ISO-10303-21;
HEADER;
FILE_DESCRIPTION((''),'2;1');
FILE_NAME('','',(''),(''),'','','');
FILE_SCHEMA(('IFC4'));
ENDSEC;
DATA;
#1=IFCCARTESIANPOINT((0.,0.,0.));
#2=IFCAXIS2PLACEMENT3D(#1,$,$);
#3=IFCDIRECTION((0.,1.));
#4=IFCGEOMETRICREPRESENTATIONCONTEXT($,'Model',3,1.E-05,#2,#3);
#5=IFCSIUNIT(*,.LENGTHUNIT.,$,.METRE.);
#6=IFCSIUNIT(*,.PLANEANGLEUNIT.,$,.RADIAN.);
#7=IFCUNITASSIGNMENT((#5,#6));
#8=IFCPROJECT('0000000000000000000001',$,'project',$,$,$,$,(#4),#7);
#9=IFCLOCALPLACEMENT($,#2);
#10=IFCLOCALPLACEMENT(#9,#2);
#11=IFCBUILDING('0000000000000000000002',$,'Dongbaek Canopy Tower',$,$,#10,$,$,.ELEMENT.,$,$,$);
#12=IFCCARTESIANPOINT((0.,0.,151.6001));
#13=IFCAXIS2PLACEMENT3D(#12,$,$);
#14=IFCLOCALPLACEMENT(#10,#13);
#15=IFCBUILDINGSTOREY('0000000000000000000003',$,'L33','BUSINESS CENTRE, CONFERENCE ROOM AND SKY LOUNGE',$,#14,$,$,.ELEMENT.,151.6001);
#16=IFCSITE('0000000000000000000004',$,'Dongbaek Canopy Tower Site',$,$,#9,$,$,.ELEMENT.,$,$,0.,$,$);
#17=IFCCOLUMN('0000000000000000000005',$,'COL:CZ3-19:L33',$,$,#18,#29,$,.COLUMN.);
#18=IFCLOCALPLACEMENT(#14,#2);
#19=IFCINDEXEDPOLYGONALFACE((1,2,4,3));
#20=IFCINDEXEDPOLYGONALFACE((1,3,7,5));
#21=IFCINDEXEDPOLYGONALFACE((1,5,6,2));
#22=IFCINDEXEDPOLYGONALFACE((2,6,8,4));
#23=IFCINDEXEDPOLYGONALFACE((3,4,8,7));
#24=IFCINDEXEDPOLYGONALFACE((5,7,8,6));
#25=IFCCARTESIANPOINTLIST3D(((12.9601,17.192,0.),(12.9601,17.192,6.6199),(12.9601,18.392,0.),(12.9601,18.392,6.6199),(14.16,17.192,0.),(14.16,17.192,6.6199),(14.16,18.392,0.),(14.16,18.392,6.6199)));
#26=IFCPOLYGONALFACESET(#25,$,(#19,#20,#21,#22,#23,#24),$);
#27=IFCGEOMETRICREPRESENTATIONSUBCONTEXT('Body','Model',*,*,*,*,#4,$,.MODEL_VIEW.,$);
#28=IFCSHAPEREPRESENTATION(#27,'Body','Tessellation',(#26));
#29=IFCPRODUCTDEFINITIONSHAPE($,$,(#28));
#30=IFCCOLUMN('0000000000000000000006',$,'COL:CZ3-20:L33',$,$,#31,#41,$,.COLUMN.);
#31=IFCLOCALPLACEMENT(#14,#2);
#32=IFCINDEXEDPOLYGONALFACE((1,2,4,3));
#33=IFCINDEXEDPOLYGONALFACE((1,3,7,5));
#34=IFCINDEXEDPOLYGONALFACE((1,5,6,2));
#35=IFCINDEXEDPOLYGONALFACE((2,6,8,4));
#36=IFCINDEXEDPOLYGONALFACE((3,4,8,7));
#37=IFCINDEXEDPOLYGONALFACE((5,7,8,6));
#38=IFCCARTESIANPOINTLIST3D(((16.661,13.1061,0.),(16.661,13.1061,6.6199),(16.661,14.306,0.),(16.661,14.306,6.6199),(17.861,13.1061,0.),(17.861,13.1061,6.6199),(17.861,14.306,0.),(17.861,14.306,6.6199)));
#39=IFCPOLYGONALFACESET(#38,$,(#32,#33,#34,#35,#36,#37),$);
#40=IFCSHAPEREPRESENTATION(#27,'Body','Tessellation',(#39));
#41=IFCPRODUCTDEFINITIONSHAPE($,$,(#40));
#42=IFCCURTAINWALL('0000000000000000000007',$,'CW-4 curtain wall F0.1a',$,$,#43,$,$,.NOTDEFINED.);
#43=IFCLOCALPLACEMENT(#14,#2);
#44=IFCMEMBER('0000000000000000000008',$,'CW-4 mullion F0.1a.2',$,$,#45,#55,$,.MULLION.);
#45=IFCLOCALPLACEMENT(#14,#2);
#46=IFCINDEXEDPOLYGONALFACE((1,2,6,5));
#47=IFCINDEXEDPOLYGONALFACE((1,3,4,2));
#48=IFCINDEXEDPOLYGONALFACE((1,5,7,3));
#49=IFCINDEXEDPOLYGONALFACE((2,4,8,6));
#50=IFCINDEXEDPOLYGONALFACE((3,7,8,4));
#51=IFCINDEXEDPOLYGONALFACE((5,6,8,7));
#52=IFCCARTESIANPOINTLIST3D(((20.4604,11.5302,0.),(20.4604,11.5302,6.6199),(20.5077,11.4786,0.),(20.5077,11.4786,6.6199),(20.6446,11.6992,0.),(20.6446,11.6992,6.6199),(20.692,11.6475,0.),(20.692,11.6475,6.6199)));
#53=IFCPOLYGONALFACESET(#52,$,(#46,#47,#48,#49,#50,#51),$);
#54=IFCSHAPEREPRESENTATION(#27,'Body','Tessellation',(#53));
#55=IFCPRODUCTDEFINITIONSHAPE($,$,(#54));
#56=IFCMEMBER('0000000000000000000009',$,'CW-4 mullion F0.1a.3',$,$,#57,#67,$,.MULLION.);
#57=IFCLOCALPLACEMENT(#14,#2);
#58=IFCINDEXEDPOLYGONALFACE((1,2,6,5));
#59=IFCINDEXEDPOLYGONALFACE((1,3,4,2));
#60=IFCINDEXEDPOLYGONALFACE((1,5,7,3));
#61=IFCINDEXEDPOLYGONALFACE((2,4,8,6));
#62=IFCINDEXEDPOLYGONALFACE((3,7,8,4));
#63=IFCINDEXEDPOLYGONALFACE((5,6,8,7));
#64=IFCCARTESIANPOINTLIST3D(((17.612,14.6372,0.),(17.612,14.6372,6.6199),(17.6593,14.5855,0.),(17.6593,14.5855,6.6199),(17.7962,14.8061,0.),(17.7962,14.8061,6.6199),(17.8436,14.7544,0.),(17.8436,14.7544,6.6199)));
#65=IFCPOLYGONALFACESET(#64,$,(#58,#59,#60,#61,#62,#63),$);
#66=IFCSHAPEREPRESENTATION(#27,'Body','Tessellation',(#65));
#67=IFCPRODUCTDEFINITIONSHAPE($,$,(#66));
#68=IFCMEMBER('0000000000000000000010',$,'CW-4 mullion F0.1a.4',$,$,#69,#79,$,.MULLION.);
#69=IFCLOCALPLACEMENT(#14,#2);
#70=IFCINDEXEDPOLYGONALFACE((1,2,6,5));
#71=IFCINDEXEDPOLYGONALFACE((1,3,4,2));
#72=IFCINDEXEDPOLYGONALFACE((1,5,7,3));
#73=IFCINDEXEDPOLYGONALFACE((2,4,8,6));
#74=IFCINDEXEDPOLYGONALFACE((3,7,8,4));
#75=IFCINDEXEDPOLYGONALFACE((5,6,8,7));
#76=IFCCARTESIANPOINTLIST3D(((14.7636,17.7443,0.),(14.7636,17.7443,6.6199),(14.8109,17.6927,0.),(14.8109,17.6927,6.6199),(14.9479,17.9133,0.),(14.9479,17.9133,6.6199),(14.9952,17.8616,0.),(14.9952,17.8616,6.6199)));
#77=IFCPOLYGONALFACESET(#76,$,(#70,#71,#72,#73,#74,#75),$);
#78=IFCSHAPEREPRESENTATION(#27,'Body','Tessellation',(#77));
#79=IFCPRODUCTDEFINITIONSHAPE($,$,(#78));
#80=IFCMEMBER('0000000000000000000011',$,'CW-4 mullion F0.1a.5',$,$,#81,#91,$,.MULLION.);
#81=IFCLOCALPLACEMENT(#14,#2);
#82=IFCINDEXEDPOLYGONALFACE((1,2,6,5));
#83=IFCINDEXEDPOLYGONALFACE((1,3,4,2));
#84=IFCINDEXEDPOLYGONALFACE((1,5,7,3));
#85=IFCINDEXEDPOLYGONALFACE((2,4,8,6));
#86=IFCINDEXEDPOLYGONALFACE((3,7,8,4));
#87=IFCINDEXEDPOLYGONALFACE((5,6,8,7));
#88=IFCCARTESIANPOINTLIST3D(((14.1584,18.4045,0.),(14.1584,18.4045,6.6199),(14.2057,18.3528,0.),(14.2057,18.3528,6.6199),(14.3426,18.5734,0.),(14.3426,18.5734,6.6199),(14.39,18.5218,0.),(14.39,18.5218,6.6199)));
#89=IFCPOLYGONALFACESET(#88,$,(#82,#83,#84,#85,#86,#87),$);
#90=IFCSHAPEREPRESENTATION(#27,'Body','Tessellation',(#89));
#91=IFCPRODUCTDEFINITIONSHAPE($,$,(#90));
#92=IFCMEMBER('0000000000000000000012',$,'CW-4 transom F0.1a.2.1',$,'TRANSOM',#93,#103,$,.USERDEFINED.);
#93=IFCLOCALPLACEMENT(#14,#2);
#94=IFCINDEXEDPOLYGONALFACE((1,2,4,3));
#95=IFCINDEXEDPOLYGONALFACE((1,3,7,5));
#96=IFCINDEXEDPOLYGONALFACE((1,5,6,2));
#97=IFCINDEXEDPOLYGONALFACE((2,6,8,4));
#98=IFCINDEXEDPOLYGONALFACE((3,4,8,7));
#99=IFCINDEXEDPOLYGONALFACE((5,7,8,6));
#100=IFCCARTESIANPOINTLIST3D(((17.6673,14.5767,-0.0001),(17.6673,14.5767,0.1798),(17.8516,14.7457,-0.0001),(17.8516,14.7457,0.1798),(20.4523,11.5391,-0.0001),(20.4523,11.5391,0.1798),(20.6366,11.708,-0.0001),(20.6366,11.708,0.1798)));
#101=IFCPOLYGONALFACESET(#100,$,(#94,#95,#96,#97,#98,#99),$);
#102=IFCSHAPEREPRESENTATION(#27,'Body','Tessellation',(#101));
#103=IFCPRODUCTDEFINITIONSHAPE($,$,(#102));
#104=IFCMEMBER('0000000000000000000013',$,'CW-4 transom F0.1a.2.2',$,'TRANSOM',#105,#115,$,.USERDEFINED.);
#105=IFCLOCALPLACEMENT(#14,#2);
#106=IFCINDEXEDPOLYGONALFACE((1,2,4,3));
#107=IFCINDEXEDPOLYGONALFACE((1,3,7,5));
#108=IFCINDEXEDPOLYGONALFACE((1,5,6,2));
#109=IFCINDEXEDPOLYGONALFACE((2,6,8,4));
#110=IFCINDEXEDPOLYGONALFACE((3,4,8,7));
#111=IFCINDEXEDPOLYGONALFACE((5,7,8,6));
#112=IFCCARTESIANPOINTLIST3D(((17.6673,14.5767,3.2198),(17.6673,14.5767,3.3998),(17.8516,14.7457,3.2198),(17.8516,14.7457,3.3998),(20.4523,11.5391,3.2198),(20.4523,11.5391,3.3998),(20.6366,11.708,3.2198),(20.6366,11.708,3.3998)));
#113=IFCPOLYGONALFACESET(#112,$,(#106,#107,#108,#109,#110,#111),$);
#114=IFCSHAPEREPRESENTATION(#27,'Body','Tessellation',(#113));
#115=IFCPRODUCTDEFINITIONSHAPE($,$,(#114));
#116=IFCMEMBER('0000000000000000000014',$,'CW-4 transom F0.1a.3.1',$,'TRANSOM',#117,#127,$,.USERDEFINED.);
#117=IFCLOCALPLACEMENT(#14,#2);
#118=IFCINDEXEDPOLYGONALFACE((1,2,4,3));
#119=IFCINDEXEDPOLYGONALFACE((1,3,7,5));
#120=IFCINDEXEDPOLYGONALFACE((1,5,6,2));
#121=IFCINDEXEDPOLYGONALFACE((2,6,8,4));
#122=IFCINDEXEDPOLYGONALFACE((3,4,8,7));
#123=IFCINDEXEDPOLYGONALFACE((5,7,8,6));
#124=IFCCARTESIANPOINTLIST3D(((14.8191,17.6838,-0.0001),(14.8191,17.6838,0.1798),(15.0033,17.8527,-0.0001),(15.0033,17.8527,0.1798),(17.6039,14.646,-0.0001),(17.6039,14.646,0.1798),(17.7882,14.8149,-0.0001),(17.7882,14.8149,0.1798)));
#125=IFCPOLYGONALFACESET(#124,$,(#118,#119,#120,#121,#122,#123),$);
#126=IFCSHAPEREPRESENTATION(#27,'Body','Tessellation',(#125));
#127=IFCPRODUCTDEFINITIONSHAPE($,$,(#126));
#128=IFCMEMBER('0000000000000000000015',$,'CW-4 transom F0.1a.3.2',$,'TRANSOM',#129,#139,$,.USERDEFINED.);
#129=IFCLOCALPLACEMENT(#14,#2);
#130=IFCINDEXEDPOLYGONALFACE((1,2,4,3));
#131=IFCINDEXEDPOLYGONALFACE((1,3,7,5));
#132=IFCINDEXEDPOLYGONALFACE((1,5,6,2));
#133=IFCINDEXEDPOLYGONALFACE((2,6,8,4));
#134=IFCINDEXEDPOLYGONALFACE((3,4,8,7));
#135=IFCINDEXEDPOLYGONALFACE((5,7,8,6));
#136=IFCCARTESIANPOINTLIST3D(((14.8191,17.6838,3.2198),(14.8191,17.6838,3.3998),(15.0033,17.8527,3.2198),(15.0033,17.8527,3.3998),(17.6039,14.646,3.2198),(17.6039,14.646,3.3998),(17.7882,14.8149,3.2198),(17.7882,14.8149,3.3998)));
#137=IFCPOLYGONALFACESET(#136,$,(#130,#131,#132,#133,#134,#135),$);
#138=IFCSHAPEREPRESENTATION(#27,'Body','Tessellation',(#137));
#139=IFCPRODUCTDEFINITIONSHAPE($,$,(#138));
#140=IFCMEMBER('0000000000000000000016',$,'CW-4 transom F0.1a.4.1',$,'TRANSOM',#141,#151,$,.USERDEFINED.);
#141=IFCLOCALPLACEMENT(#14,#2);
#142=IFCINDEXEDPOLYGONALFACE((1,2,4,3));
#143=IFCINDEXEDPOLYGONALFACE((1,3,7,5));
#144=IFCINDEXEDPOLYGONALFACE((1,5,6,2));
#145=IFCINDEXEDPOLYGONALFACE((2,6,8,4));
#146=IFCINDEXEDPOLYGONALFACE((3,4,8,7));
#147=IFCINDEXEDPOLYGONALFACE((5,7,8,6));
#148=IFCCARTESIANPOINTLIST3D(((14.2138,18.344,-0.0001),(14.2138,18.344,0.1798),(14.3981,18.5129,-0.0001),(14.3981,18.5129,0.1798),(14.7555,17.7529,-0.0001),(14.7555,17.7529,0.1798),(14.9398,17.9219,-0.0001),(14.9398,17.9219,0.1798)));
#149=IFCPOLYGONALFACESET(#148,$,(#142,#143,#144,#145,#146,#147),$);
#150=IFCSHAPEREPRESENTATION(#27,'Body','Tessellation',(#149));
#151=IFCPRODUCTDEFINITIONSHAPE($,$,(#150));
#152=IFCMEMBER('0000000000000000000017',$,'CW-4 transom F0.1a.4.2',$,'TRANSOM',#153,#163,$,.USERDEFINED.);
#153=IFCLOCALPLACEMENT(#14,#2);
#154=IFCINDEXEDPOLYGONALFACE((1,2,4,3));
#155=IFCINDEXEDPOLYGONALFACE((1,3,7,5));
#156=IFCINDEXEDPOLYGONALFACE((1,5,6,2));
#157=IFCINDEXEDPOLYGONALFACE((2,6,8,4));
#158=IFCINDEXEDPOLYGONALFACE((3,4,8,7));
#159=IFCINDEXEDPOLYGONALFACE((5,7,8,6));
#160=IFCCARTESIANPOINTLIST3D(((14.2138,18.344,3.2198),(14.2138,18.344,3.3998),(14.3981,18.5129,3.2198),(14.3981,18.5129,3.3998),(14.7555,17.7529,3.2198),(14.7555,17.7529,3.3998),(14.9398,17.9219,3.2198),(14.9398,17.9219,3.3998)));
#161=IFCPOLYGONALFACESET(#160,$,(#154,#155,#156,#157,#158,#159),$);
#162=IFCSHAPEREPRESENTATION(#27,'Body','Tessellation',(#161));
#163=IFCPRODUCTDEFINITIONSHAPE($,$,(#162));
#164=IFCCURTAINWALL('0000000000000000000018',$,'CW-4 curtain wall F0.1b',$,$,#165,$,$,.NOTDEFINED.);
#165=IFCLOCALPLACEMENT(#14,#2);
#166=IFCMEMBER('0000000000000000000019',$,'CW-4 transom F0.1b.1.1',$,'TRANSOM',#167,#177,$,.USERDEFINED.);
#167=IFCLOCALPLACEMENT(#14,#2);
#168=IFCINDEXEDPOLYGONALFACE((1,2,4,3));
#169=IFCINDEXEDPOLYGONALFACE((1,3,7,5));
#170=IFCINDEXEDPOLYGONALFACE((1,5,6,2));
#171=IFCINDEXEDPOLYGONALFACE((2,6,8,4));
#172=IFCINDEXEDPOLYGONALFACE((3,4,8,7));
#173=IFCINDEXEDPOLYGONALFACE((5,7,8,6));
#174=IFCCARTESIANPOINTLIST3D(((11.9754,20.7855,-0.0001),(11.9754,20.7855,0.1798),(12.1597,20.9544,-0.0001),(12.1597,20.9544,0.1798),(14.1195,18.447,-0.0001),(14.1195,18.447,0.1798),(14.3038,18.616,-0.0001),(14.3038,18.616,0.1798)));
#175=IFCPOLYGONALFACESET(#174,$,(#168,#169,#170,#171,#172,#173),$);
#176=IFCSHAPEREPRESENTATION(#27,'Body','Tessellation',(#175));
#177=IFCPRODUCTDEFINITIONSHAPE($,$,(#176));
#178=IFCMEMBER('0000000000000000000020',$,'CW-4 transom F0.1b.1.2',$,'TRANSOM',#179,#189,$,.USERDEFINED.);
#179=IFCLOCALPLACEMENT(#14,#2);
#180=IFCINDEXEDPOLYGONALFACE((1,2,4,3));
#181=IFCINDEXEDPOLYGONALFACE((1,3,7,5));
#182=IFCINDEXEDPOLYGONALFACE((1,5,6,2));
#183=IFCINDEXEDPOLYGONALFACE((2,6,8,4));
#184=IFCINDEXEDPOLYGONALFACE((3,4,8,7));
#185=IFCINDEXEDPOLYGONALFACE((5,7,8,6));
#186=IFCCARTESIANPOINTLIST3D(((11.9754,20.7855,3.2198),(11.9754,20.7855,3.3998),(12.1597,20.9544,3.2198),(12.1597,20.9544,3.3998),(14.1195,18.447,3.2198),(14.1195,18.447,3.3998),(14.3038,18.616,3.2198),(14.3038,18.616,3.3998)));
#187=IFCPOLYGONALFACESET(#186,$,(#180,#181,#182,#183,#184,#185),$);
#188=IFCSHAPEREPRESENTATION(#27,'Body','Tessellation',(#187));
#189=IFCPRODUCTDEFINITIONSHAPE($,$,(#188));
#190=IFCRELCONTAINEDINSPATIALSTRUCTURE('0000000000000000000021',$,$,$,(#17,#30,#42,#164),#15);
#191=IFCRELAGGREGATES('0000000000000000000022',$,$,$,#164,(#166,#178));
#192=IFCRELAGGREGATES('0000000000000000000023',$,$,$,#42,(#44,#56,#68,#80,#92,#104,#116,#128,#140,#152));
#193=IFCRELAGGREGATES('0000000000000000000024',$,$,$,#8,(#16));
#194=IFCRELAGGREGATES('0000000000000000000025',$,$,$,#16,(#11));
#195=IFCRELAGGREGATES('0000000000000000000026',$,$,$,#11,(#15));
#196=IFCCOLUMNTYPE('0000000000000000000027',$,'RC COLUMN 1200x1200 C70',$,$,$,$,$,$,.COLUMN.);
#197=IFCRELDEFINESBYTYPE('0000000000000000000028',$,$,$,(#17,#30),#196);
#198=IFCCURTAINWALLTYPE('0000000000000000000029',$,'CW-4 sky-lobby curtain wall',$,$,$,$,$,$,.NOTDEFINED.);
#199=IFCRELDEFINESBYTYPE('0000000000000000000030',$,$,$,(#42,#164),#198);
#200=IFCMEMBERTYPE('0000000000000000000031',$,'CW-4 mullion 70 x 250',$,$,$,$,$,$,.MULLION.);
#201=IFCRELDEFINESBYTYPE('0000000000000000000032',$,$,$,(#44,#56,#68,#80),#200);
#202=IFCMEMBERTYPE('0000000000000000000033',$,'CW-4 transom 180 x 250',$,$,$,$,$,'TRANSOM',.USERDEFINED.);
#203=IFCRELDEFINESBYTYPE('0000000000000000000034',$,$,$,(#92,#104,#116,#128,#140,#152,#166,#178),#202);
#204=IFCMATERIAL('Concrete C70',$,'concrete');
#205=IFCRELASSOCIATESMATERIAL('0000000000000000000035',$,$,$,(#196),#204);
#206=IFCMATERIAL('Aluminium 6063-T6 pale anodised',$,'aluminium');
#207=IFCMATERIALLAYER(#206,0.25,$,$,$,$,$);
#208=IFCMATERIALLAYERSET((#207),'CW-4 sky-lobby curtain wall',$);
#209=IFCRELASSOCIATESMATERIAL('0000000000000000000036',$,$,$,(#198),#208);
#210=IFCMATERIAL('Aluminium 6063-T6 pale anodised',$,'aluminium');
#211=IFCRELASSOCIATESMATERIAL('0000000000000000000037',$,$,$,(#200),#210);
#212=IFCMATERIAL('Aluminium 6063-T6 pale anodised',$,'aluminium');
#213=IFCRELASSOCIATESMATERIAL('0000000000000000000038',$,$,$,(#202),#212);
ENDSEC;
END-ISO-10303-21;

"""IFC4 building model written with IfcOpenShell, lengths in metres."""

from ifc_helpers import new_model, si_unit, direction, frame, origin, origin_2d, place, context, subcontext, project, spatial, rectangle, extrude, material, layer, layer_set, material_profile, profile_set, type_object, element, aggregate, save


model = new_model("IFC4")

# Units and contexts
model_context = context("Model", 3, precision=1e-05, world=origin(), true_north=direction((0.0, 1.0)))
body_context = subcontext(model_context, "Body", "Model", "MODEL_VIEW")
ifc_project = project(units=[si_unit("LENGTHUNIT", "METRE"), si_unit("PLANEANGLEUNIT", "RADIAN")], contexts=[model_context])

# Site, building, storey
site_placement = place(None, origin())
site = spatial("IfcSite", under=ifc_project, at=site_placement, Name="Dongbaek Canopy Tower Site", CompositionType="ELEMENT", RefElevation=0.0)
building_placement = place(site_placement, origin())
building = spatial("IfcBuilding", under=site, at=building_placement, Name="Dongbaek Canopy Tower", CompositionType="ELEMENT")
storey_placement = place(building_placement, frame((0.0, 0.0, 151.6001)))
storey = spatial("IfcBuildingStorey", under=building, at=storey_placement, Name="L33", Description="BUSINESS CENTRE, CONFERENCE ROOM AND SKY LOUNGE", CompositionType="ELEMENT", Elevation=151.6001)

# Columns
ifc_material_1 = material(Name="Concrete C70", Category="concrete")
ifc_material_profile_1 = material_profile(ifc_material_1, rectangle(XDim=1.2, YDim=1.2, at=origin_2d()), Name="RC COLUMN 1200x1200 C70")
ifc_profile_set_1 = profile_set([ifc_material_profile_1], Name="Concrete C70")
column_type = type_object("IfcColumnType", Name="RC COLUMN 1200x1200 C70", PredefinedType="COLUMN", material=ifc_profile_set_1)
for number, where, z_axis, x_axis, name in (
    (1, (13.5601, 17.792, 0.0), (0.0, 0.0, 1.0), (1.0, 0.0, 0.0), "COL:CZ3-19:L33"),
    (2, (17.261, 13.7061, 0.0), (0.0, 0.0, 1.0), (1.0, 0.0, 0.0), "COL:CZ3-20:L33"),
):
    element("IfcColumn", number, at=place(storey_placement, frame(where, z_axis=z_axis, x_axis=x_axis)), inside=storey, type_object=column_type, Name=name, PredefinedType="COLUMN", context=body_context, shape_type="SweptSolid", body=[
        extrude(rectangle(XDim=1.2, YDim=1.2, at=origin_2d()), origin(), (0.0, 0.0, 1.0), 6.6199),
    ])

# Curtain walls, members
ifc_material_2 = material(Name="Aluminium 6063-T6 pale anodised", Category="aluminium")
ifc_layer_1 = layer(ifc_material_2, 0.25)
ifc_layer_set_1 = layer_set([ifc_layer_1], Name="CW-4 sky-lobby curtain wall")
curtain_wall_type = type_object("IfcCurtainWallType", Name="CW-4 sky-lobby curtain wall", PredefinedType="NOTDEFINED", material=ifc_layer_set_1)
curtain_wall_1_placement = place(storey_placement, origin())
curtain_wall_1 = element("IfcCurtainWall", 3, at=curtain_wall_1_placement, inside=storey, type_object=curtain_wall_type, Name="CW-4 curtain wall F0.1a", PredefinedType="NOTDEFINED")
ifc_material_3 = material(Name="Aluminium 6063-T6 pale anodised", Category="aluminium")
ifc_material_profile_2 = material_profile(ifc_material_3, rectangle(XDim=0.25, YDim=0.0701, at=origin_2d()), Name="CW-4 mullion 70 x 250")
ifc_profile_set_2 = profile_set([ifc_material_profile_2], Name="Aluminium 6063-T6 pale anodised")
member_type_1 = type_object("IfcMemberType", Name="CW-4 mullion 70 x 250", PredefinedType="MULLION", material=ifc_profile_set_2)
member_1_placement = place(storey_placement, frame((20.5762, 11.5889, 0.0), z_axis=(0.0, 0.0, 1.0), x_axis=(0.737125, 0.675756, 0.0)))
member_1 = element("IfcMember", 4, at=member_1_placement, type_object=member_type_1, Name="CW-4 mullion F0.1a.2", PredefinedType="MULLION", context=body_context, shape_type="SweptSolid", body=[
    extrude(rectangle(XDim=0.25, YDim=0.0701, at=origin_2d()), origin(), (0.0, 0.0, 1.0), 6.6199),
])
member_2_placement = place(storey_placement, frame((17.7278, 14.6958, 0.0), z_axis=(0.0, 0.0, 1.0), x_axis=(0.737125, 0.675756, 0.0)))
member_2 = element("IfcMember", 5, at=member_2_placement, type_object=member_type_1, Name="CW-4 mullion F0.1a.3", PredefinedType="MULLION", context=body_context, shape_type="SweptSolid", body=[
    extrude(rectangle(XDim=0.25, YDim=0.0701, at=origin_2d()), origin(), (0.0, 0.0, 1.0), 6.6199),
])
member_3_placement = place(storey_placement, frame((14.8794, 17.803, 0.0), z_axis=(0.0, 0.0, 1.0), x_axis=(0.737125, 0.675756, 0.0)))
member_3 = element("IfcMember", 6, at=member_3_placement, type_object=member_type_1, Name="CW-4 mullion F0.1a.4", PredefinedType="MULLION", context=body_context, shape_type="SweptSolid", body=[
    extrude(rectangle(XDim=0.25, YDim=0.0701, at=origin_2d()), origin(), (0.0, 0.0, 1.0), 6.6199),
])
member_4_placement = place(storey_placement, frame((14.2742, 18.4631, 0.0), z_axis=(0.0, 0.0, 1.0), x_axis=(0.737125, 0.675756, 0.0)))
member_4 = element("IfcMember", 7, at=member_4_placement, type_object=member_type_1, Name="CW-4 mullion F0.1a.5", PredefinedType="MULLION", context=body_context, shape_type="SweptSolid", body=[
    extrude(rectangle(XDim=0.25, YDim=0.0701, at=origin_2d()), origin(), (0.0, 0.0, 1.0), 6.6199),
])
ifc_material_4 = material(Name="Aluminium 6063-T6 pale anodised", Category="aluminium")
ifc_material_profile_3 = material_profile(ifc_material_4, rectangle(XDim=0.25, YDim=0.1799, at=origin_2d()), Name="CW-4 transom 180 x 250")
ifc_profile_set_3 = profile_set([ifc_material_profile_3], Name="Aluminium 6063-T6 pale anodised")
member_type_2 = type_object("IfcMemberType", Name="CW-4 transom 180 x 250", ElementType="TRANSOM", PredefinedType="USERDEFINED", material=ifc_profile_set_3)
member_5_placement = place(storey_placement, frame((20.5444, 11.6235, 0.0898), z_axis=(-0.675784, 0.7371, 0.0), x_axis=(-0.7371, -0.675784, 0.0)))
member_5 = element("IfcMember", 8, at=member_5_placement, type_object=member_type_2, Name="CW-4 transom F0.1a.2.1", ObjectType="TRANSOM", PredefinedType="USERDEFINED", context=body_context, shape_type="SweptSolid", body=[
    extrude(rectangle(XDim=0.25, YDim=0.1799, at=origin_2d()), origin(), (0.0, 0.0, 1.0), 4.1211),
])
member_6_placement = place(storey_placement, frame((20.5444, 11.6235, 3.3098), z_axis=(-0.675784, 0.7371, 0.0), x_axis=(-0.7371, -0.675784, 0.0)))
member_6 = element("IfcMember", 9, at=member_6_placement, type_object=member_type_2, Name="CW-4 transom F0.1a.2.2", ObjectType="TRANSOM", PredefinedType="USERDEFINED", context=body_context, shape_type="SweptSolid", body=[
    extrude(rectangle(XDim=0.25, YDim=0.1799, at=origin_2d()), origin(), (0.0, 0.0, 1.0), 4.1211),
])
member_7_placement = place(storey_placement, frame((17.696, 14.7305, 0.0898), z_axis=(-0.675754, 0.737127, 0.0), x_axis=(-0.737127, -0.675754, 0.0)))
member_7 = element("IfcMember", 10, at=member_7_placement, type_object=member_type_2, Name="CW-4 transom F0.1a.3.1", ObjectType="TRANSOM", PredefinedType="USERDEFINED", context=body_context, shape_type="SweptSolid", body=[
    extrude(rectangle(XDim=0.25, YDim=0.1799, at=origin_2d()), origin(), (0.0, 0.0, 1.0), 4.1211),
])
member_8_placement = place(storey_placement, frame((17.696, 14.7305, 3.3098), z_axis=(-0.675754, 0.737127, 0.0), x_axis=(-0.737127, -0.675754, 0.0)))
member_8 = element("IfcMember", 11, at=member_8_placement, type_object=member_type_2, Name="CW-4 transom F0.1a.3.2", ObjectType="TRANSOM", PredefinedType="USERDEFINED", context=body_context, shape_type="SweptSolid", body=[
    extrude(rectangle(XDim=0.25, YDim=0.1799, at=origin_2d()), origin(), (0.0, 0.0, 1.0), 4.1211),
])
member_9_placement = place(storey_placement, frame((14.8477, 17.8374, 0.0898), z_axis=(-0.675683, 0.737192, 0.0), x_axis=(-0.737192, -0.675683, 0.0)))
member_9 = element("IfcMember", 12, at=member_9_placement, type_object=member_type_2, Name="CW-4 transom F0.1a.4.1", ObjectType="TRANSOM", PredefinedType="USERDEFINED", context=body_context, shape_type="SweptSolid", body=[
    extrude(rectangle(XDim=0.25, YDim=0.1799, at=origin_2d()), origin(), (0.0, 0.0, 1.0), 0.8018),
])
member_10_placement = place(storey_placement, frame((14.8477, 17.8374, 3.3098), z_axis=(-0.675683, 0.737192, 0.0), x_axis=(-0.737192, -0.675683, 0.0)))
member_10 = element("IfcMember", 13, at=member_10_placement, type_object=member_type_2, Name="CW-4 transom F0.1a.4.2", ObjectType="TRANSOM", PredefinedType="USERDEFINED", context=body_context, shape_type="SweptSolid", body=[
    extrude(rectangle(XDim=0.25, YDim=0.1799, at=origin_2d()), origin(), (0.0, 0.0, 1.0), 0.8018),
])
curtain_wall_2_placement = place(storey_placement, origin())
curtain_wall_2 = element("IfcCurtainWall", 14, at=curtain_wall_2_placement, inside=storey, type_object=curtain_wall_type, Name="CW-4 curtain wall F0.1b", PredefinedType="NOTDEFINED")
member_11_placement = place(storey_placement, frame((14.2117, 18.5315, 0.0898), z_axis=(-0.675815, 0.737071, 0.0), x_axis=(-0.737071, -0.675815, 0.0)))
member_11 = element("IfcMember", 15, at=member_11_placement, type_object=member_type_2, Name="CW-4 transom F0.1b.1.1", ObjectType="TRANSOM", PredefinedType="USERDEFINED", context=body_context, shape_type="SweptSolid", body=[
    extrude(rectangle(XDim=0.25, YDim=0.1799, at=origin_2d()), origin(), (0.0, 0.0, 1.0), 3.1726),
])
member_12_placement = place(storey_placement, frame((14.2117, 18.5315, 3.3098), z_axis=(-0.675815, 0.737071, 0.0), x_axis=(-0.737071, -0.675815, 0.0)))
member_12 = element("IfcMember", 16, at=member_12_placement, type_object=member_type_2, Name="CW-4 transom F0.1b.1.2", ObjectType="TRANSOM", PredefinedType="USERDEFINED", context=body_context, shape_type="SweptSolid", body=[
    extrude(rectangle(XDim=0.25, YDim=0.1799, at=origin_2d()), origin(), (0.0, 0.0, 1.0), 3.1726),
])

aggregate(curtain_wall_2, [member_11, member_12])

aggregate(curtain_wall_1, [member_1, member_2, member_3, member_4, member_5, member_6, member_7, member_8, member_9, member_10])

save(model, "model.ifc")
